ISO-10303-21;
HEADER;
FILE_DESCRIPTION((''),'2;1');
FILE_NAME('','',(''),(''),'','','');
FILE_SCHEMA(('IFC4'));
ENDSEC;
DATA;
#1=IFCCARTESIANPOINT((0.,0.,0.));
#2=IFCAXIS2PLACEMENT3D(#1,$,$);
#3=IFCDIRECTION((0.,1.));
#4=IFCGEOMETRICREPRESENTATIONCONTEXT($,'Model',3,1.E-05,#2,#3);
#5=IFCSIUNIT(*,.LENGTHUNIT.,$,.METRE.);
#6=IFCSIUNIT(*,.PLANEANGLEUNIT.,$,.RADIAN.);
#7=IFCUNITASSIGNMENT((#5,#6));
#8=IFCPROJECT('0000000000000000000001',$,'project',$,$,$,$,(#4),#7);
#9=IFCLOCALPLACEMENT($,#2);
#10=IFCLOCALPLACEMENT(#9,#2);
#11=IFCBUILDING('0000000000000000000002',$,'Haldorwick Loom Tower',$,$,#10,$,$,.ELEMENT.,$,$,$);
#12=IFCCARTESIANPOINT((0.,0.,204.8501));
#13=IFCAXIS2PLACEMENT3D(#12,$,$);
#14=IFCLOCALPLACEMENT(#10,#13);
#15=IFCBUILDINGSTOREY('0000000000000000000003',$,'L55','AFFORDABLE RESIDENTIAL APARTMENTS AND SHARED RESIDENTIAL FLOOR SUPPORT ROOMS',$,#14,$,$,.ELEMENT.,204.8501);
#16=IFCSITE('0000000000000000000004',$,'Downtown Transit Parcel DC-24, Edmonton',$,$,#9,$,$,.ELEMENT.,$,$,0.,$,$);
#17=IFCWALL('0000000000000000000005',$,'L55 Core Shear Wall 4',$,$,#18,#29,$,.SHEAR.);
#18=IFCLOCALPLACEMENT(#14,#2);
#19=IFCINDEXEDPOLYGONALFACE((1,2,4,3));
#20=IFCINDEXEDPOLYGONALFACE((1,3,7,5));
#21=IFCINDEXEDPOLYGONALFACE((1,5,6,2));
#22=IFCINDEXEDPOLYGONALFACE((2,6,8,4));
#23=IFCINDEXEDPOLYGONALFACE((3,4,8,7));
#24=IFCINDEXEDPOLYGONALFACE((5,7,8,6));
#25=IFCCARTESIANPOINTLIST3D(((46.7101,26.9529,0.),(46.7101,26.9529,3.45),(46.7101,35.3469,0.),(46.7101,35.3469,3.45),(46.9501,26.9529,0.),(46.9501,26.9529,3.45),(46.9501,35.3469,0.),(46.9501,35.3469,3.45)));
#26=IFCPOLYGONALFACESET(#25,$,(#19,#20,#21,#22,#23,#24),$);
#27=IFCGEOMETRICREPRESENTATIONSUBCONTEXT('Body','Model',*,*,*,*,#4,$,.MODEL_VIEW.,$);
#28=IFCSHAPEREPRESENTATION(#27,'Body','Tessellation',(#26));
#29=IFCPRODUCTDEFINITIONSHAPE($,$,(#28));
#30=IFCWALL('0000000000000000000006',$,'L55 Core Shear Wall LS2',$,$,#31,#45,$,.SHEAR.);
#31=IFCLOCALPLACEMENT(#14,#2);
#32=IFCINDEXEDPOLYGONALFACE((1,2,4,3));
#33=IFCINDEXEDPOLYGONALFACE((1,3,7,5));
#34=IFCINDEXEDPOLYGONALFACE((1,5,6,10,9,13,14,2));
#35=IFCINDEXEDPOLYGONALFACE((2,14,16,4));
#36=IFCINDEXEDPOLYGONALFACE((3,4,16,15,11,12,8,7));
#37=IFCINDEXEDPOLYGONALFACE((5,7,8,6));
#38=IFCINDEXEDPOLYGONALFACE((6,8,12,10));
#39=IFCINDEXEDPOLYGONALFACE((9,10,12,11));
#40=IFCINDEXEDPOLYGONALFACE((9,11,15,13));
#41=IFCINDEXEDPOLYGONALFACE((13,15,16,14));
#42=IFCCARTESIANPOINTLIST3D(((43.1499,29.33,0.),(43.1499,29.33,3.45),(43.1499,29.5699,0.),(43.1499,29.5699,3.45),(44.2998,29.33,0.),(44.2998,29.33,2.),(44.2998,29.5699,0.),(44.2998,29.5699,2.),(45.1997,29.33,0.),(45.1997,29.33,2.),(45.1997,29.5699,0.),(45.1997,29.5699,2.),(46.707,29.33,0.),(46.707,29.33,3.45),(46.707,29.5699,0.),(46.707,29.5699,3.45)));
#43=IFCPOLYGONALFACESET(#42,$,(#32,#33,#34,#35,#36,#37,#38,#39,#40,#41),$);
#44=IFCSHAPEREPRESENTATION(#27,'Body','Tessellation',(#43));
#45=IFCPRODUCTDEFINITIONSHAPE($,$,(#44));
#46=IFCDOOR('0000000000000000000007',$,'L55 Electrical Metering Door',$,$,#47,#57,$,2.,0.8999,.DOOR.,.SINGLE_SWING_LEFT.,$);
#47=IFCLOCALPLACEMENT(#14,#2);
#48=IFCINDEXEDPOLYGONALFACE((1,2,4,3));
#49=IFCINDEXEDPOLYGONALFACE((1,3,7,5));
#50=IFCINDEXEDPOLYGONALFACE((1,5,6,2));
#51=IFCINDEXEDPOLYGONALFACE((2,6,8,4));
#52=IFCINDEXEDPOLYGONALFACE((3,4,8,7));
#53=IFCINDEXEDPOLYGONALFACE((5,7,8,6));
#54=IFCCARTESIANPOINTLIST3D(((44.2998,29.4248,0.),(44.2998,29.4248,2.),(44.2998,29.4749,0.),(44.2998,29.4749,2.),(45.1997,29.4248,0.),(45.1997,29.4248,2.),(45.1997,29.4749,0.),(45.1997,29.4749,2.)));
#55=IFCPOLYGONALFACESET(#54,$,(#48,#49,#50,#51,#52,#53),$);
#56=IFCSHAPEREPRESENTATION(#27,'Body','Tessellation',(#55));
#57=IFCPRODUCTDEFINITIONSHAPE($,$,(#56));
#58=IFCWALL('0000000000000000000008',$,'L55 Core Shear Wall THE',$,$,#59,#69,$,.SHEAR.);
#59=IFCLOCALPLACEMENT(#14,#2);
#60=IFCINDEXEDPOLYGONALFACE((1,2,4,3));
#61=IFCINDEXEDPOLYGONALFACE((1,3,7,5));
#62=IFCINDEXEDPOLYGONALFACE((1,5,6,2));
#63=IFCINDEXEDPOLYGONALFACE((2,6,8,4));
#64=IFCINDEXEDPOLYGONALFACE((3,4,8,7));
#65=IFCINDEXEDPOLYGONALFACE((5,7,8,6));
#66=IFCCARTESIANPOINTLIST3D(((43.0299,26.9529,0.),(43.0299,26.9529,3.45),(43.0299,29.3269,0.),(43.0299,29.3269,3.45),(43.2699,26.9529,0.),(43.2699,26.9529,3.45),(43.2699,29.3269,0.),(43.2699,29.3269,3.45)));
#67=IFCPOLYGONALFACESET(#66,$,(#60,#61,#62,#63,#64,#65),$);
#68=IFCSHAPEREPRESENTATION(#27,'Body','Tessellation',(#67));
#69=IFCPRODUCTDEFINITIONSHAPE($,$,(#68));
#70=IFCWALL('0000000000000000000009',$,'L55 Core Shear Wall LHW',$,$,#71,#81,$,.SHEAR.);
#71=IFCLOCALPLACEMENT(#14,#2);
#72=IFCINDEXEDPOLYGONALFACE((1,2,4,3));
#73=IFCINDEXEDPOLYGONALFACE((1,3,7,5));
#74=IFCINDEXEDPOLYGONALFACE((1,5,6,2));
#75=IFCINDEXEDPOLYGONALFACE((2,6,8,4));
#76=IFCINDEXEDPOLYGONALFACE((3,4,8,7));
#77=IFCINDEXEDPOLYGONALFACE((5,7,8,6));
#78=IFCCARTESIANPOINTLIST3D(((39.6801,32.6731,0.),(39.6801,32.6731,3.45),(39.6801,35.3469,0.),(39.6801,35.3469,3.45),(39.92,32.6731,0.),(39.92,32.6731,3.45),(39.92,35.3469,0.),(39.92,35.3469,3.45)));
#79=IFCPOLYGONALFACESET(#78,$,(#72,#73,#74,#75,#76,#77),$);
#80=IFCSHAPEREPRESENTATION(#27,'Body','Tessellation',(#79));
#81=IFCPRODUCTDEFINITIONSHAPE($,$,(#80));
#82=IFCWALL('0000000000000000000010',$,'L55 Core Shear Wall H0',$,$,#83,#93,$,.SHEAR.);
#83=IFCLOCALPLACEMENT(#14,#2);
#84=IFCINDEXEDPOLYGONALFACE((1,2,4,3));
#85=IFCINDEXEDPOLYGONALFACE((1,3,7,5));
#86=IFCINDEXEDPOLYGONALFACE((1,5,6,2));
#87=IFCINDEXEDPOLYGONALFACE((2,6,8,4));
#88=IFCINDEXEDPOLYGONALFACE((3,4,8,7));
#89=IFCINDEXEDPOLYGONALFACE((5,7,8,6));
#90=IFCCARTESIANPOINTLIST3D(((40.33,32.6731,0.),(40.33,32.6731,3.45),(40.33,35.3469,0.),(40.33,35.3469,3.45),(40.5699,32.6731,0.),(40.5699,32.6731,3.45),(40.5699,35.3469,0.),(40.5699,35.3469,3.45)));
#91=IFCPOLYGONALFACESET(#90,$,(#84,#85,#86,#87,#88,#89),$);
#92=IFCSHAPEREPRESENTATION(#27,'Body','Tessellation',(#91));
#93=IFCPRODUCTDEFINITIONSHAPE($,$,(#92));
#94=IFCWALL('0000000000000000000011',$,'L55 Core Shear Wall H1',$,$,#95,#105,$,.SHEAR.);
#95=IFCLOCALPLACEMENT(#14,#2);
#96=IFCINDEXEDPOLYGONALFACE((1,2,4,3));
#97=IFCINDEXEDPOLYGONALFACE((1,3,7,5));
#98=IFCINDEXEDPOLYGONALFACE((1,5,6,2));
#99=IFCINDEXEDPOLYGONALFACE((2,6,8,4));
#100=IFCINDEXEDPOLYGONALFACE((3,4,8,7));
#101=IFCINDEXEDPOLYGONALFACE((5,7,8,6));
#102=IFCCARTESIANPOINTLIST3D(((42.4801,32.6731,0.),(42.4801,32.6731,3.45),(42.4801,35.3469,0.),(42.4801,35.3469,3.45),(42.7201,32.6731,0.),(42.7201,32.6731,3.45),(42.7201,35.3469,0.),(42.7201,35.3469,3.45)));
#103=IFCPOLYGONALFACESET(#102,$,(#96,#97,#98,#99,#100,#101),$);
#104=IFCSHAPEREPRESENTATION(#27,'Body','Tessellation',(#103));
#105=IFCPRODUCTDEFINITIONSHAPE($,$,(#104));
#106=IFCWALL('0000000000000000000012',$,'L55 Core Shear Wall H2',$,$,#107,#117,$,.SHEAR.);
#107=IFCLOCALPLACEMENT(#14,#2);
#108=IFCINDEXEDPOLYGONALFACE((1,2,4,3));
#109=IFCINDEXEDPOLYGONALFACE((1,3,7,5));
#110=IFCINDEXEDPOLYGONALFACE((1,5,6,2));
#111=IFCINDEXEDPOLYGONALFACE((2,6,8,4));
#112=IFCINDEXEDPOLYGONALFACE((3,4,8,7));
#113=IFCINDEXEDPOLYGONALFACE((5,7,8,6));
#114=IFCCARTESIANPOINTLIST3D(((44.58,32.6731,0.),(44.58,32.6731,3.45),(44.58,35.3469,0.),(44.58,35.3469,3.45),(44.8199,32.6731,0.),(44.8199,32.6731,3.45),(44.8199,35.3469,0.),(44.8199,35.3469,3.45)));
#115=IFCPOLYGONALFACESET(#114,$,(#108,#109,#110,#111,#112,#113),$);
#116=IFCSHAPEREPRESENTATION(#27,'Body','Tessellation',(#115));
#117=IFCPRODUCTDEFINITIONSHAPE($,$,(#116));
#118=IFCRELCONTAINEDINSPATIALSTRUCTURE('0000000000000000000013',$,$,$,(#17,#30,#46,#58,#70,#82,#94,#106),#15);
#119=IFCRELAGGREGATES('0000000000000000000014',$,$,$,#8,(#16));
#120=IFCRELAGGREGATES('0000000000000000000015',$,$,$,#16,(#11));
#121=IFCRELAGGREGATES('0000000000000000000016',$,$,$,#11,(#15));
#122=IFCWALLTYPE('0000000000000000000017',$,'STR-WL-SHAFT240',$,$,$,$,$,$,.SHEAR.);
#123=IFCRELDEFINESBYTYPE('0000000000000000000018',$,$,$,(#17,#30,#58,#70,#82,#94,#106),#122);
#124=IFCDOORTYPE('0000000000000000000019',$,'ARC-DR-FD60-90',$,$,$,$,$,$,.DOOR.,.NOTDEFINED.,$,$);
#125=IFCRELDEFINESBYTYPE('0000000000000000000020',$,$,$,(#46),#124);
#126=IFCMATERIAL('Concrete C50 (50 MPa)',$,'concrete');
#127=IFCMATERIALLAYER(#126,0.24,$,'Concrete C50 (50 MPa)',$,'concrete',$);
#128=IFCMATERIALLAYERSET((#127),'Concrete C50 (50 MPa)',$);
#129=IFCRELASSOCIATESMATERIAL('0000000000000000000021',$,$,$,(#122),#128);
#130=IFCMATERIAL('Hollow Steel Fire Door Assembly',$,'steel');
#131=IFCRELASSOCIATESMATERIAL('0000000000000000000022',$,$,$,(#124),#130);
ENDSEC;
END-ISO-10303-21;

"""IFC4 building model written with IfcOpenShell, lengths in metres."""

from ifc_helpers import new_model, si_unit, direction, frame, frame_2d, origin, place, context, subcontext, project, spatial, rectangle, extrude, material, layer, layer_set, type_object, element, fill, save


model = new_model("IFC4")

# Units and contexts
model_context = context("Model", 3, precision=1e-05, world=origin(), true_north=direction((0.0, 1.0)))
body_context = subcontext(model_context, "Body", "Model", "MODEL_VIEW")
ifc_project = project(units=[si_unit("LENGTHUNIT", "METRE"), si_unit("PLANEANGLEUNIT", "RADIAN")], contexts=[model_context])

# Site, building, storey
site_placement = place(None, origin())
site = spatial("IfcSite", under=ifc_project, at=site_placement, Name="Downtown Transit Parcel DC-24, Edmonton", CompositionType="ELEMENT", RefElevation=0.0)
building_placement = place(site_placement, origin())
building = spatial("IfcBuilding", under=site, at=building_placement, Name="Haldorwick Loom Tower", CompositionType="ELEMENT")
storey_placement = place(building_placement, frame((0.0, 0.0, 204.8501)))
storey = spatial("IfcBuildingStorey", under=building, at=storey_placement, Name="L55", Description="AFFORDABLE RESIDENTIAL APARTMENTS AND SHARED RESIDENTIAL FLOOR SUPPORT ROOMS", CompositionType="ELEMENT", Elevation=204.8501)

# Shared definitions
ifc_material_1 = material(Name="Concrete C50 (50 MPa)", Category="concrete")

# Wall
ifc_layer_1 = layer(ifc_material_1, 0.24, Name="Concrete C50 (50 MPa)", Category="concrete")
ifc_layer_set_1 = layer_set([ifc_layer_1], Name="Concrete C50 (50 MPa)")
wall_type_1 = type_object("IfcWallType", Name="STR-WL-SHAFT240", PredefinedType="SHEAR", material=ifc_layer_set_1)
wall_1_placement = place(storey_placement, frame((46.8301, 26.9529, 0.0), z_axis=(0.0, 0.0, 1.0), x_axis=(0.0, 1.0, 0.0)))
element("IfcWall", 1, at=wall_1_placement, inside=storey, type_object=wall_type_1, Name="L55 Core Shear Wall 4", PredefinedType="SHEAR", context=body_context, shape_type="SweptSolid", body=[
    extrude(rectangle(XDim=8.394, YDim=0.24, at=frame_2d((4.197, 0.0))), origin(), (0.0, 0.0, 1.0), 3.45),
])

# Wall, opening, door
wall_2_placement = place(storey_placement, frame((43.1499, 29.45, 0.0), z_axis=(0.0, 0.0, 1.0), x_axis=(1.0, 0.0, 0.0)))
wall_2 = element("IfcWall", 2, at=wall_2_placement, inside=storey, type_object=wall_type_1, Name="L55 Core Shear Wall LS2", PredefinedType="SHEAR", context=body_context, shape_type="SweptSolid", body=[
    extrude(rectangle(XDim=3.5571, YDim=0.24, at=frame_2d((1.7786, 0.0))), origin(), (0.0, 0.0, 1.0), 3.45),
])
opening_1_placement = place(wall_2_placement, frame((1.1499, 0.0, 0.0)))
opening_1 = element("IfcOpeningElement", 3, at=opening_1_placement, cuts=wall_2, PredefinedType="OPENING", context=body_context, shape_type="SweptSolid", body=[
    extrude(rectangle(XDim=0.8999, YDim=2.0, at=frame_2d((0.45, 1.0))), frame((0.0, 0.1299, 0.0), z_axis=(0.0, -1.0, 0.0), x_axis=(1.0, 0.0, 0.0)), (0.0, 0.0, 1.0), 0.26),
])
ifc_material_2 = material(Name="Hollow Steel Fire Door Assembly", Category="steel")
door_type = type_object("IfcDoorType", Name="ARC-DR-FD60-90", OperationType="NOTDEFINED", PredefinedType="DOOR", material=ifc_material_2)
door_placement = place(opening_1_placement, origin())
door = element("IfcDoor", 4, at=door_placement, inside=storey, type_object=door_type, Name="L55 Electrical Metering Door", OperationType="SINGLE_SWING_LEFT", OverallHeight=2.0, OverallWidth=0.8999, PredefinedType="DOOR", context=body_context, shape_type="SweptSolid", body=[
    extrude(rectangle(XDim=0.8999, YDim=2.0, at=frame_2d((0.45, 1.0))), frame((0.0, 0.0249, 0.0), z_axis=(0.0, -1.0, 0.0), x_axis=(1.0, 0.0, 0.0)), (0.0, 0.0, 1.0), 0.05),
])
fill(opening_1, door)

# Walls
wall_3_placement = place(storey_placement, frame((43.1499, 26.9529, 0.0), z_axis=(0.0, 0.0, 1.0), x_axis=(0.0, 1.0, 0.0)))
element("IfcWall", 5, at=wall_3_placement, inside=storey, type_object=wall_type_1, Name="L55 Core Shear Wall THE", PredefinedType="SHEAR", context=body_context, shape_type="SweptSolid", body=[
    extrude(rectangle(XDim=2.374, YDim=0.24, at=frame_2d((1.187, 0.0))), origin(), (0.0, 0.0, 1.0), 3.45),
])
for number, where, z_axis, x_axis, name in (
    (6, (39.8, 32.6731, 0.0), (0.0, 0.0, 1.0), (0.0, 1.0, 0.0), "L55 Core Shear Wall LHW"),
    (7, (40.45, 32.6731, 0.0), (0.0, 0.0, 1.0), (0.0, 1.0, 0.0), "L55 Core Shear Wall H0"),
    (8, (42.6001, 32.6731, 0.0), (0.0, 0.0, 1.0), (0.0, 1.0, 0.0), "L55 Core Shear Wall H1"),
    (9, (44.7, 32.6731, 0.0), (0.0, 0.0, 1.0), (0.0, 1.0, 0.0), "L55 Core Shear Wall H2"),
):
    element("IfcWall", number, at=place(storey_placement, frame(where, z_axis=z_axis, x_axis=x_axis)), inside=storey, type_object=wall_type_1, Name=name, PredefinedType="SHEAR", context=body_context, shape_type="SweptSolid", body=[
        extrude(rectangle(XDim=2.6738, YDim=0.24, at=frame_2d((1.3369, 0.0))), origin(), (0.0, 0.0, 1.0), 3.45),
    ])

save(model, "model.ifc")
